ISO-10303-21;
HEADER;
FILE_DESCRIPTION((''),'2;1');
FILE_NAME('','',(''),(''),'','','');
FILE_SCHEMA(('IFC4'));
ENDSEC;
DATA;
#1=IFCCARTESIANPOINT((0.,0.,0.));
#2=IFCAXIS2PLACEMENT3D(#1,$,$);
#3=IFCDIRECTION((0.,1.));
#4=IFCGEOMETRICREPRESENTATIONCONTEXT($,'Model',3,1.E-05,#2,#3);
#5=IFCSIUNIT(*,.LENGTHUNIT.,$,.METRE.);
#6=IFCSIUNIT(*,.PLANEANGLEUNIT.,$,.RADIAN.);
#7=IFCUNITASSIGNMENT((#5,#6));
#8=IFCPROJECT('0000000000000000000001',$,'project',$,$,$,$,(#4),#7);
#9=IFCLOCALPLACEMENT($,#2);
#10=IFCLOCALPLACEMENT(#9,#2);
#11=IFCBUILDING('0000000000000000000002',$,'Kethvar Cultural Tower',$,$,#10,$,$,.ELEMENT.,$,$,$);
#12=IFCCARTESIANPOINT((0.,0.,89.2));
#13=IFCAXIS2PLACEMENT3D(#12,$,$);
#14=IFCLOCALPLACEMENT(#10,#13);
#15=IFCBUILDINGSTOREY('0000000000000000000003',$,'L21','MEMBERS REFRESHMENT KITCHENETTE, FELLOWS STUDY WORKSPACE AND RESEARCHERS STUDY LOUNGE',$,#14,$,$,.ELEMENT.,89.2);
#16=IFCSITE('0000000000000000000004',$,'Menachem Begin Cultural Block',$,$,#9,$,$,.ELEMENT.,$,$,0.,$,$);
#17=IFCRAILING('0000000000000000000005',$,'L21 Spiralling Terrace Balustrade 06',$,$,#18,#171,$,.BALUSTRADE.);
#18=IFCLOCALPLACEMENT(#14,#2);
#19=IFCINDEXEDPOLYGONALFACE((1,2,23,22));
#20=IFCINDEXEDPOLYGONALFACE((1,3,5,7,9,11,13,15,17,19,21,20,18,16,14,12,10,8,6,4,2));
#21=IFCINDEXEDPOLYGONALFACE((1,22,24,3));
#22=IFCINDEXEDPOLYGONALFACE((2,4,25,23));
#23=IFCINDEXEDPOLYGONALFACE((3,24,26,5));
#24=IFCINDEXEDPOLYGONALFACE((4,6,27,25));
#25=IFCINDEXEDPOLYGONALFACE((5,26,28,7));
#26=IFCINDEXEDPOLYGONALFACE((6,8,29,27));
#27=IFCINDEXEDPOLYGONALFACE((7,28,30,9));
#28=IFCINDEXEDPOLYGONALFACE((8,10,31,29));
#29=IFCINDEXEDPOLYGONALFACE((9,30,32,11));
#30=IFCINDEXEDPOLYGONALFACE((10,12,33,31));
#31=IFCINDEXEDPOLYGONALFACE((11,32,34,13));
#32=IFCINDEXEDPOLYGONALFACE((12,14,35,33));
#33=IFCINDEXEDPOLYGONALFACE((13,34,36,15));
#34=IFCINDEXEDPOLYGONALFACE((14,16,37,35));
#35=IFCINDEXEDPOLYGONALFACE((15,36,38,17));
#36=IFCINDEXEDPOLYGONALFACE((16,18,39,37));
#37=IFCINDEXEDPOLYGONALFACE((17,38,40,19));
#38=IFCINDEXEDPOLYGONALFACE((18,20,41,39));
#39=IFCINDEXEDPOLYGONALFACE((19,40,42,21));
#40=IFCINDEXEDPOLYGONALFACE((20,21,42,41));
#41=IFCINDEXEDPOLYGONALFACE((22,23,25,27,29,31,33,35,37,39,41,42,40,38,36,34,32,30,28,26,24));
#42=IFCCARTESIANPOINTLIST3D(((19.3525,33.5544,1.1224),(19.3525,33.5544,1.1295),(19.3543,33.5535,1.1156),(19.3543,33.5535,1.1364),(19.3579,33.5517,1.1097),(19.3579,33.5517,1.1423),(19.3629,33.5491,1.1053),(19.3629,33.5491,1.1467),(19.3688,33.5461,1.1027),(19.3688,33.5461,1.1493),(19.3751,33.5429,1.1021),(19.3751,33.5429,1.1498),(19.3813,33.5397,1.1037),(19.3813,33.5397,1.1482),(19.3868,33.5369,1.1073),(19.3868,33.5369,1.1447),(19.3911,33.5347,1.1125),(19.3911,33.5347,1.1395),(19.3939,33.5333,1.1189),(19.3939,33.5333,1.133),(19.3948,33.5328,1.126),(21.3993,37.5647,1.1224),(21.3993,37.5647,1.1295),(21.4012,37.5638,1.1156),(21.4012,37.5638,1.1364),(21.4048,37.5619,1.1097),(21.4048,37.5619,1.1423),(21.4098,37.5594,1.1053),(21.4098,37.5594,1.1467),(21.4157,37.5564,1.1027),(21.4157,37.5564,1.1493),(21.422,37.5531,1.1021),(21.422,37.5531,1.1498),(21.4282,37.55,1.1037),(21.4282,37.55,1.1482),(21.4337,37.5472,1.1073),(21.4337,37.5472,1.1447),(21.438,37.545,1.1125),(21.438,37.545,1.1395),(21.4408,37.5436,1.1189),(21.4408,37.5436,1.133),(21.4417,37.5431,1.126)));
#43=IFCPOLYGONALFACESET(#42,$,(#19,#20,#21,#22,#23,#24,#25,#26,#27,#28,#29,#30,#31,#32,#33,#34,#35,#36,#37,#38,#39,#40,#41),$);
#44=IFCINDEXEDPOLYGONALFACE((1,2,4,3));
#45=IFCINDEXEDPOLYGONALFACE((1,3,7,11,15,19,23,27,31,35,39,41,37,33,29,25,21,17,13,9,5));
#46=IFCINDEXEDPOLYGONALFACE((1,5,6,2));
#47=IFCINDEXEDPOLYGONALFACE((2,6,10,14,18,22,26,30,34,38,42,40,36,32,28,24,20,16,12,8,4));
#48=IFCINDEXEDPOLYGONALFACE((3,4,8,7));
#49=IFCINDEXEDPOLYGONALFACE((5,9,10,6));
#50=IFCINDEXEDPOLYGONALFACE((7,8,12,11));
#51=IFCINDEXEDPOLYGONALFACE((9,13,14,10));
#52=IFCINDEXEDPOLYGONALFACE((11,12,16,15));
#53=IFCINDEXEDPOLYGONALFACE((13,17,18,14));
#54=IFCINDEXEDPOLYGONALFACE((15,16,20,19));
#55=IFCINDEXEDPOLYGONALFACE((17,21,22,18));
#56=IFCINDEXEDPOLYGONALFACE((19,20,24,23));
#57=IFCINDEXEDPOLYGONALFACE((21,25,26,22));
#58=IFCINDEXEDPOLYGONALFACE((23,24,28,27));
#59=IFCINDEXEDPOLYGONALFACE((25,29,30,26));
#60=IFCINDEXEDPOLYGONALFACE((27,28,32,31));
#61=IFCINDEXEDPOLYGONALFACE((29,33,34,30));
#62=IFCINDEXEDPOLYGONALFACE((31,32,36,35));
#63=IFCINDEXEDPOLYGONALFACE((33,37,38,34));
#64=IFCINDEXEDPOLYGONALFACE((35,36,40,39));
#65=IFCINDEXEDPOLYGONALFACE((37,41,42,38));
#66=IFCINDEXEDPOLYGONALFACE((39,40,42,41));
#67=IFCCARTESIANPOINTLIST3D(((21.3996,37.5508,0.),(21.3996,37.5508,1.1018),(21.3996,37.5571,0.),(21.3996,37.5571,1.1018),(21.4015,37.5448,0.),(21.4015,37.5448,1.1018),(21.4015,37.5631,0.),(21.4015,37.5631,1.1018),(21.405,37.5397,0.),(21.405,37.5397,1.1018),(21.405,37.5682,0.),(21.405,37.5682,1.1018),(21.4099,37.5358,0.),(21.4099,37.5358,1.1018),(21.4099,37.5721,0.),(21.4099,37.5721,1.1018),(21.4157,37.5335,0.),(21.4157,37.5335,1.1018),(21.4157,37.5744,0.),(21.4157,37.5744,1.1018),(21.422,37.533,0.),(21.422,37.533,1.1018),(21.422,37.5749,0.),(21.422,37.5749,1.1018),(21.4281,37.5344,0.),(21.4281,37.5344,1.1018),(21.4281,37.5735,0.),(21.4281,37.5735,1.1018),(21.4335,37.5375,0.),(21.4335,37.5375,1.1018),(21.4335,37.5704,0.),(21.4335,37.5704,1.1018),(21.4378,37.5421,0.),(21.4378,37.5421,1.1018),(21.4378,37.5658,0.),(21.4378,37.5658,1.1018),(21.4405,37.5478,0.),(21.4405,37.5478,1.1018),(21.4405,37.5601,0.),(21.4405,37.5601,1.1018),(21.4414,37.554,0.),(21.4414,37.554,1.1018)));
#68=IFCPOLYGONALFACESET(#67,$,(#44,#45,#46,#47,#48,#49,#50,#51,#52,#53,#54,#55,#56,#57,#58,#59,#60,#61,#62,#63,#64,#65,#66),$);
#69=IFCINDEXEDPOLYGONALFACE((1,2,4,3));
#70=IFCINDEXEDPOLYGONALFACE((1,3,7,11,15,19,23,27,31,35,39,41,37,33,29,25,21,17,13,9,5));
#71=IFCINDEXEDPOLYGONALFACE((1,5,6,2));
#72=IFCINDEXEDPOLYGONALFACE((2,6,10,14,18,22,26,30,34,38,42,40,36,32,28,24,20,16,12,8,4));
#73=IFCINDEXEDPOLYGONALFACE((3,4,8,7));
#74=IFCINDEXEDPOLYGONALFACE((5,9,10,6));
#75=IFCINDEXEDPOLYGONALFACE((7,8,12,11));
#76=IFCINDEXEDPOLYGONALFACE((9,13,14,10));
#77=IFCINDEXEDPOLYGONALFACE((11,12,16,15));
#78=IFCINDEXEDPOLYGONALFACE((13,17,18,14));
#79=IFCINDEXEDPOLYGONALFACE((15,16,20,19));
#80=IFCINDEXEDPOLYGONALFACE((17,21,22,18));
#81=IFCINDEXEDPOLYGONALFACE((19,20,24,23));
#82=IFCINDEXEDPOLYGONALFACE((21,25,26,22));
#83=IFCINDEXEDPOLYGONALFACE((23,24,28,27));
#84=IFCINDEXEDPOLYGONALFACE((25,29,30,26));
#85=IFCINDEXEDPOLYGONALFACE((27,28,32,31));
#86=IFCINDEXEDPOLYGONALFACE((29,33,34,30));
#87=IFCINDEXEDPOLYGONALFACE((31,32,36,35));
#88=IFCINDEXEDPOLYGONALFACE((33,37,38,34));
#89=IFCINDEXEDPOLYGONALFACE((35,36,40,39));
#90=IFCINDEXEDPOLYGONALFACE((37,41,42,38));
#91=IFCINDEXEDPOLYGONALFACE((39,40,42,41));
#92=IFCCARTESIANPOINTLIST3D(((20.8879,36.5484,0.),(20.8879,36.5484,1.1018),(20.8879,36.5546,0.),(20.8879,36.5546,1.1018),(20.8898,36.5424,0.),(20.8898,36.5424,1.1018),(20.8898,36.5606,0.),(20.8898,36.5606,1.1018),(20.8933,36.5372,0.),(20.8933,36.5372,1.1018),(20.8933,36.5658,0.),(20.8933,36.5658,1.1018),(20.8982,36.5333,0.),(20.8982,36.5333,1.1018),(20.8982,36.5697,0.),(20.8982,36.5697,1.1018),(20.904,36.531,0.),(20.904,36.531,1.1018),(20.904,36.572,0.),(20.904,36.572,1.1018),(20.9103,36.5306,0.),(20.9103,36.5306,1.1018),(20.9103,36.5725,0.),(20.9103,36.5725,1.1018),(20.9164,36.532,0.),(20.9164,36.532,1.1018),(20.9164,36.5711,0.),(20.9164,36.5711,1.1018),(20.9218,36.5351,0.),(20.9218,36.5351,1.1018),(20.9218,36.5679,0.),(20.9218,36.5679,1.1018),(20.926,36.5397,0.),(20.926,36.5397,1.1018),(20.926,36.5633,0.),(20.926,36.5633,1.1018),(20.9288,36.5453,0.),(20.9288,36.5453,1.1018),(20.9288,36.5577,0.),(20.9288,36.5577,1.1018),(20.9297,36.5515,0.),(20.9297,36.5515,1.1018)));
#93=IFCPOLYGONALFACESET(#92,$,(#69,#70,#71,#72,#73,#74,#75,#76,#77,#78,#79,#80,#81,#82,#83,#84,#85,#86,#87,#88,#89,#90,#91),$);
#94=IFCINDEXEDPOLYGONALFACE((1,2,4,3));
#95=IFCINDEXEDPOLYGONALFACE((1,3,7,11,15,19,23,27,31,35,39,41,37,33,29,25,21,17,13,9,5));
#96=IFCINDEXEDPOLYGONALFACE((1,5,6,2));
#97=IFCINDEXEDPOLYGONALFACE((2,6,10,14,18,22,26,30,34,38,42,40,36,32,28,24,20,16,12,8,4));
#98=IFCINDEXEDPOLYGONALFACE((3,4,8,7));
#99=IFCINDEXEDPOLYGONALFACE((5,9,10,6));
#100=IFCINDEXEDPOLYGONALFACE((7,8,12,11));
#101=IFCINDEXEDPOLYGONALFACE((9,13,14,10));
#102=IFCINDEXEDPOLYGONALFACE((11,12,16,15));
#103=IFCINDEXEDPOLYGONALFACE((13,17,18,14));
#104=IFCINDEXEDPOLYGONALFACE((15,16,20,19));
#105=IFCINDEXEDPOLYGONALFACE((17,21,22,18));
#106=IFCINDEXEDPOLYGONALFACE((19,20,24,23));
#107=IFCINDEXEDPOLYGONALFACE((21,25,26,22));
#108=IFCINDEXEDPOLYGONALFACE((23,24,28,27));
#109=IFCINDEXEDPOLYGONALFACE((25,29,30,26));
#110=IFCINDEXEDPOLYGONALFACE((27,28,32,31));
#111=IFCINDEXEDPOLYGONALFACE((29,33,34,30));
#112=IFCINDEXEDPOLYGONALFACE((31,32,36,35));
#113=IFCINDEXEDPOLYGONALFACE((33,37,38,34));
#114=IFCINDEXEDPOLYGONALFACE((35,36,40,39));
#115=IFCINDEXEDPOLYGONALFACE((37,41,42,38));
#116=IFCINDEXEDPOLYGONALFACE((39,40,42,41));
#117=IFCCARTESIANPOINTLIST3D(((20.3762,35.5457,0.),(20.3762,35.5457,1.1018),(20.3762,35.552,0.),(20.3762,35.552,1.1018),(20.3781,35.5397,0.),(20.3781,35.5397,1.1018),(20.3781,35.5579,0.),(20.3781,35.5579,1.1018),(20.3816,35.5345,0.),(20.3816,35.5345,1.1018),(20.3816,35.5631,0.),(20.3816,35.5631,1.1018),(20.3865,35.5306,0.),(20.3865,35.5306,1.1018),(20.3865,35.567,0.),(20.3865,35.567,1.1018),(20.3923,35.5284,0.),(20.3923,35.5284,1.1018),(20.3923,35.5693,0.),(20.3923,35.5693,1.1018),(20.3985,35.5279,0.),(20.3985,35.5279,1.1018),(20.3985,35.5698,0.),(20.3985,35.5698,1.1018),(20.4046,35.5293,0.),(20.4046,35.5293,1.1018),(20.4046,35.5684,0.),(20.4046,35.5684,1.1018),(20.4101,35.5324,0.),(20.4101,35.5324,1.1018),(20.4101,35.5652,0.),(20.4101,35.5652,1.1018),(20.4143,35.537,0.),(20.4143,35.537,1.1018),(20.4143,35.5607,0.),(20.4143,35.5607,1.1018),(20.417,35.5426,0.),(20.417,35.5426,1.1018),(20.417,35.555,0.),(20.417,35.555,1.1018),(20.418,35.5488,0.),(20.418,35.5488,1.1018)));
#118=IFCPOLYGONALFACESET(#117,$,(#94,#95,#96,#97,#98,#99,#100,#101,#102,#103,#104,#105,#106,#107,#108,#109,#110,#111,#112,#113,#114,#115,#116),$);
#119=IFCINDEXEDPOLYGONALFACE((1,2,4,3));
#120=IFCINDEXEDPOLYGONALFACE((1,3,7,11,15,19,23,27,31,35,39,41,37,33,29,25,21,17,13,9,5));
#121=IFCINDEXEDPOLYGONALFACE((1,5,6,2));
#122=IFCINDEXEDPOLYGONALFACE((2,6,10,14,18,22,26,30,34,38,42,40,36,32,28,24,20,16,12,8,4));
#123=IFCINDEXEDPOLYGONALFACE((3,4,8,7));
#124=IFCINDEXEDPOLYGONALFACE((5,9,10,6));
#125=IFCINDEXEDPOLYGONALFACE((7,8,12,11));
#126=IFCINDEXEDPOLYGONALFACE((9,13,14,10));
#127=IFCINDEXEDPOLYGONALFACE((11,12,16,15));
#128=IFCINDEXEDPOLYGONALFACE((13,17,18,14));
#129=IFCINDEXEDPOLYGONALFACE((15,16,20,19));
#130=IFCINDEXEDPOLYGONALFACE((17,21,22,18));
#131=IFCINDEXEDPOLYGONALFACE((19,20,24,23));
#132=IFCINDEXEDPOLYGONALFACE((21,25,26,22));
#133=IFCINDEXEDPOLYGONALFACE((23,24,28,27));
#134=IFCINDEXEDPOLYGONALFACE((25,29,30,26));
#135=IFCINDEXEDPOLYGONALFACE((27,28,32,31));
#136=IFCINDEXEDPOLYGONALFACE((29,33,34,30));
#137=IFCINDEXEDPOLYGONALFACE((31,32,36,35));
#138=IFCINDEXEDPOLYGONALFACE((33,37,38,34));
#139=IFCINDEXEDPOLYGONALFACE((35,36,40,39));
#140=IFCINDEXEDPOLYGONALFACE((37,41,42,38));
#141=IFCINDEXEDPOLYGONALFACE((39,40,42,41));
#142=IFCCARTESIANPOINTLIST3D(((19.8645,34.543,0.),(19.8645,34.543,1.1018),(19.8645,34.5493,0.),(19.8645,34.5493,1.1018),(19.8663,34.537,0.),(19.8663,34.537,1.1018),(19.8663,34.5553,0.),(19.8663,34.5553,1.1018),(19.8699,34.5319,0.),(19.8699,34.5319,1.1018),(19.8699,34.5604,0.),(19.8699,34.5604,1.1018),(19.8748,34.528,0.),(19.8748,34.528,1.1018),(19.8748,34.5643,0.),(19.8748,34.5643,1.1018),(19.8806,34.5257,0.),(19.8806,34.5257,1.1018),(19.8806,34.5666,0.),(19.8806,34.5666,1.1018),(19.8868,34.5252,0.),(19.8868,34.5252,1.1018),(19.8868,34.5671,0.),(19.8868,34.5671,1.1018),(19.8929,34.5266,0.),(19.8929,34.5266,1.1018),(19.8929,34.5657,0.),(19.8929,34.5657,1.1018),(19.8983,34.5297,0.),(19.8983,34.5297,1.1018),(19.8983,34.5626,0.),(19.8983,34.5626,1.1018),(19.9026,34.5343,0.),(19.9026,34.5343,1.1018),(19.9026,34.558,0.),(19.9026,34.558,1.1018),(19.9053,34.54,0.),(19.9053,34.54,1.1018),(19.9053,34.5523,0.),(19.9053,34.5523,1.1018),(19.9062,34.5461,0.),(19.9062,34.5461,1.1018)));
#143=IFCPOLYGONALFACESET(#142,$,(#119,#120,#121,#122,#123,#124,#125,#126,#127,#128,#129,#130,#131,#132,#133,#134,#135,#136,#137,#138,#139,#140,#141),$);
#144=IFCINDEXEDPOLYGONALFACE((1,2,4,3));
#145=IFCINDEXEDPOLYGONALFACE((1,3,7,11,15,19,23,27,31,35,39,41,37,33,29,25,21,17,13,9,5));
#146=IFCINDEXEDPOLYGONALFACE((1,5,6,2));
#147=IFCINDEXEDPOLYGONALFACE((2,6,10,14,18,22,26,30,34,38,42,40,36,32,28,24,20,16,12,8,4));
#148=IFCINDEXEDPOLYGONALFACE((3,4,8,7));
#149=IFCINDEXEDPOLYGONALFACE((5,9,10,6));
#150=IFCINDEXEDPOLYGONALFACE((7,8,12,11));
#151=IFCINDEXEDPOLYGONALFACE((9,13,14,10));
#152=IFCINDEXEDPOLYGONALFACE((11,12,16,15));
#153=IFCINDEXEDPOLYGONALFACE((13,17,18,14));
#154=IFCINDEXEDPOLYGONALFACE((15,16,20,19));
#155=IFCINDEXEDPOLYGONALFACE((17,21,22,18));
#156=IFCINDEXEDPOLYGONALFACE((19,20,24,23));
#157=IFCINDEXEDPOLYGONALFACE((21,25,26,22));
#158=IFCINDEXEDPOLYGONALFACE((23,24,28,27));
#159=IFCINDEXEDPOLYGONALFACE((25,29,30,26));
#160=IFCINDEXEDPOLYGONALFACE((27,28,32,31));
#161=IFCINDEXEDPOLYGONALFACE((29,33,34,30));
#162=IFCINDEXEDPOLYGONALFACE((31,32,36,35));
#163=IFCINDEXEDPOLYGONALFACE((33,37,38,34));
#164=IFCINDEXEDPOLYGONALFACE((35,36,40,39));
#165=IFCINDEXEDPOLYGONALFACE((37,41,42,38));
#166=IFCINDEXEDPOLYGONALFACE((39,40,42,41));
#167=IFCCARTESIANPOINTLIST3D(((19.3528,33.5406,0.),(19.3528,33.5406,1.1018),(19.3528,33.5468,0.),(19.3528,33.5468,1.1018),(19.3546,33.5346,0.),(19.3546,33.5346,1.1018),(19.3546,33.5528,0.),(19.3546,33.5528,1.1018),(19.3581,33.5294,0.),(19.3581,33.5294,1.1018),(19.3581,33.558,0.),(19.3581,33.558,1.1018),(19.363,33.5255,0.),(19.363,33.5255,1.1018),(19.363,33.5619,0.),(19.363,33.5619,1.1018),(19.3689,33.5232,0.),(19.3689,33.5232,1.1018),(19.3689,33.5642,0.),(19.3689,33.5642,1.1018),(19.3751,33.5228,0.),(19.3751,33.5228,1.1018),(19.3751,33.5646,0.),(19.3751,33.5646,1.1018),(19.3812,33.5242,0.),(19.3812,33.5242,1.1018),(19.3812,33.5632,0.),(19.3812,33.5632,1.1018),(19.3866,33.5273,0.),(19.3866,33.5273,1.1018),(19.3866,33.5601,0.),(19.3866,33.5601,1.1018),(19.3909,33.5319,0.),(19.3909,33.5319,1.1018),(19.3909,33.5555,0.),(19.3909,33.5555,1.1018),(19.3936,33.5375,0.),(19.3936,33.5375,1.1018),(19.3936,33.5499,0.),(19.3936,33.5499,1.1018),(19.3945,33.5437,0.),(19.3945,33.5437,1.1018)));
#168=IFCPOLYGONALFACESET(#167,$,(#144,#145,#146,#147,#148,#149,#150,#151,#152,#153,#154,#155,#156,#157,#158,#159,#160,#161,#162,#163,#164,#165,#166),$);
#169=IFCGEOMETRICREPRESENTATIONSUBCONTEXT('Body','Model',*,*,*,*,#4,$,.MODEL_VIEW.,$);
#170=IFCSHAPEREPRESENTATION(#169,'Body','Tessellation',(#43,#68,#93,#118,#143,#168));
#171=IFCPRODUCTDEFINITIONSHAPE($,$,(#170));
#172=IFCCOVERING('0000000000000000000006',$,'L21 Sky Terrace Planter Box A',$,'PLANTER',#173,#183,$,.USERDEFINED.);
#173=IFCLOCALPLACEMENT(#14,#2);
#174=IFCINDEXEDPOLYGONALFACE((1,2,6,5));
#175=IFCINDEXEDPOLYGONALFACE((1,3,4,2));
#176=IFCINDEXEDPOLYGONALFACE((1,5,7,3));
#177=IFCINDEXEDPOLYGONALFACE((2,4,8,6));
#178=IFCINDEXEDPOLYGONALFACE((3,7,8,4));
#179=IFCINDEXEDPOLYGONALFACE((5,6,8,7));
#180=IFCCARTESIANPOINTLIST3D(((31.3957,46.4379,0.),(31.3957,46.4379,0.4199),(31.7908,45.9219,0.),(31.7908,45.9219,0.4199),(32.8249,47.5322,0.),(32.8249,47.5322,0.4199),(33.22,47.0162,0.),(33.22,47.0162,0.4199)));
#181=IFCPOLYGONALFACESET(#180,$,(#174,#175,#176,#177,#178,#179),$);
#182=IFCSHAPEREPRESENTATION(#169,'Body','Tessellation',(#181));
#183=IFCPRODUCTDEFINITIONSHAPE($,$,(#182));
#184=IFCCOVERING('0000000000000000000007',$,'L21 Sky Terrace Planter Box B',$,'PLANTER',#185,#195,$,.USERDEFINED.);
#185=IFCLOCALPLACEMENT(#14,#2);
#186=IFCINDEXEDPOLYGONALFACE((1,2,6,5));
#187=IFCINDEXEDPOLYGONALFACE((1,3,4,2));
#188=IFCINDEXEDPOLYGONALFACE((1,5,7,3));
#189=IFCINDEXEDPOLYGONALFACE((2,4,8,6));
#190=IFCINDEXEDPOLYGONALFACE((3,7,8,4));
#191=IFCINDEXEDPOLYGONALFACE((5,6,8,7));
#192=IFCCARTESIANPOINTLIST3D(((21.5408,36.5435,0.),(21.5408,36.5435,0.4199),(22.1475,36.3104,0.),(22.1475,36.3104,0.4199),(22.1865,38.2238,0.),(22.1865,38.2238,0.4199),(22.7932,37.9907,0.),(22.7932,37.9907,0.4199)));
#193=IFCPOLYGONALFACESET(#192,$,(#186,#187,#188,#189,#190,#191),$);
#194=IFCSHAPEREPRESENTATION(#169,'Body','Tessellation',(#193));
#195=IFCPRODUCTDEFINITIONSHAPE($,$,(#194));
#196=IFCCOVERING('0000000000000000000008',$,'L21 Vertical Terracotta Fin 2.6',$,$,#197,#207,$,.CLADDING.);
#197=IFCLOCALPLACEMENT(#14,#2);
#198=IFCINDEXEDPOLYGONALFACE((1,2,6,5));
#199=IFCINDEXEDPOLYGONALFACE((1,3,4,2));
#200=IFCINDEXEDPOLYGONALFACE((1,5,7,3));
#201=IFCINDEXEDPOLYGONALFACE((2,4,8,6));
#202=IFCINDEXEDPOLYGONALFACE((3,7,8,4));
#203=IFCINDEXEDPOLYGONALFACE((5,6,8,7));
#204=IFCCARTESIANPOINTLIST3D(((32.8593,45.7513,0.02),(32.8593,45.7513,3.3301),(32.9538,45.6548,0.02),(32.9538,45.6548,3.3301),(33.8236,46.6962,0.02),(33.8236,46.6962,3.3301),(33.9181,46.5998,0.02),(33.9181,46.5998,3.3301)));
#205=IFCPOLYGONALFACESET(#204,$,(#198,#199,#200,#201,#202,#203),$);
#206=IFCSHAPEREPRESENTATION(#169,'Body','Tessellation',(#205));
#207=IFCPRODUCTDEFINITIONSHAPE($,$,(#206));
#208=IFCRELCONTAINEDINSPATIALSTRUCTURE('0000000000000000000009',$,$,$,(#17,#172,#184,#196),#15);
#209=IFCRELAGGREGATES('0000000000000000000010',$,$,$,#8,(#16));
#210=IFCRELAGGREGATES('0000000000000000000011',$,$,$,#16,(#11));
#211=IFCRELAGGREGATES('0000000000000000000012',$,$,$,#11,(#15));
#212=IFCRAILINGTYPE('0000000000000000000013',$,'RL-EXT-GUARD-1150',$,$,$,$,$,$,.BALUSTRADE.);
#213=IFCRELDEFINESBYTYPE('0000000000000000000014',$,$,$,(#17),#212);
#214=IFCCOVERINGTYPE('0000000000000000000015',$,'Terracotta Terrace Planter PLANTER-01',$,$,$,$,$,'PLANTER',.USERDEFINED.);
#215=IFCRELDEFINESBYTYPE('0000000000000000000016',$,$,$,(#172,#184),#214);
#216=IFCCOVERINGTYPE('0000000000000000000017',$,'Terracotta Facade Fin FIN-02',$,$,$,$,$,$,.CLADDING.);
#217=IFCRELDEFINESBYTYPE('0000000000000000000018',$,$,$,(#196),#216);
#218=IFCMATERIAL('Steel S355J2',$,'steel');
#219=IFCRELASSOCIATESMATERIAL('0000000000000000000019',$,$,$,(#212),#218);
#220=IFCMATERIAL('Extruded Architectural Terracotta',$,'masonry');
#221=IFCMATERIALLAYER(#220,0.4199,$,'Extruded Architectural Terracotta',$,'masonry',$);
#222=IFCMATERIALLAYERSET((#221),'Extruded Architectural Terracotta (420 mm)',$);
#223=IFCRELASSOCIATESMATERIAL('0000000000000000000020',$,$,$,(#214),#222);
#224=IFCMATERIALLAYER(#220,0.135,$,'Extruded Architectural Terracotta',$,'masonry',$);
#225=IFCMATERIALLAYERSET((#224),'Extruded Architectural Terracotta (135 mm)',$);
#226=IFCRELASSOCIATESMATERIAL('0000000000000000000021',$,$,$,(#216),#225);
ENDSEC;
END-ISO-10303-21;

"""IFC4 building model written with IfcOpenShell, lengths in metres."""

from ifc_helpers import new_model, si_unit, direction, frame, origin, origin_2d, place, context, subcontext, project, spatial, rectangle, circle, extrude, source, transform, mapped, material, layer, layer_set, type_object, element, save


model = new_model("IFC4")

# Units and contexts
model_context = context("Model", 3, precision=1e-05, world=origin(), true_north=direction((0.0, 1.0)))
body_context = subcontext(model_context, "Body", "Model", "MODEL_VIEW")
ifc_project = project(units=[si_unit("LENGTHUNIT", "METRE"), si_unit("PLANEANGLEUNIT", "RADIAN")], contexts=[model_context])

# Site, building, storey
site_placement = place(None, origin())
site = spatial("IfcSite", under=ifc_project, at=site_placement, Name="Menachem Begin Cultural Block", CompositionType="ELEMENT", RefElevation=0.0)
building_placement = place(site_placement, origin())
building = spatial("IfcBuilding", under=site, at=building_placement, Name="Kethvar Cultural Tower", CompositionType="ELEMENT")
storey_placement = place(building_placement, frame((0.0, 0.0, 89.2)))
storey = spatial("IfcBuildingStorey", under=building, at=storey_placement, Name="L21", Description="MEMBERS REFRESHMENT KITCHENETTE, FELLOWS STUDY WORKSPACE AND RESEARCHERS STUDY LOUNGE", CompositionType="ELEMENT", Elevation=89.2)

# Shared definitions
ifc_material_1 = material(Name="Steel S355J2", Category="steel")

# Railing
railing_type = type_object("IfcRailingType", Name="RL-EXT-GUARD-1150", PredefinedType="BALUSTRADE", material=ifc_material_1)
railing_1_placement = place(storey_placement, frame((21.4204, 37.554, 0.0)))
element("IfcRailing", 1, at=railing_1_placement, inside=storey, type_object=railing_type, Name="L21 Spiralling Terrace Balustrade 06", PredefinedType="BALUSTRADE", context=body_context, shape_type="SweptSolid", body=[
    extrude(circle(Radius=0.0239, at=origin_2d()), frame((0.0, 0.0, 1.126), z_axis=(-0.454616, -0.890687, 0.0), x_axis=(0.890687, -0.454616, 0.0)), (0.0, 0.0, 1.0), 4.5024),
    extrude(circle(Radius=0.021, at=origin_2d()), origin(), (0.0, 0.0, 1.0), 1.1018),
    extrude(circle(Radius=0.021, at=origin_2d()), frame((-0.5117, -1.0024, 0.0)), (0.0, 0.0, 1.0), 1.1018),
    extrude(circle(Radius=0.021, at=origin_2d()), frame((-1.0234, -2.0051, 0.0)), (0.0, 0.0, 1.0), 1.1018),
    extrude(circle(Radius=0.021, at=origin_2d()), frame((-1.5352, -3.0078, 0.0)), (0.0, 0.0, 1.0), 1.1018),
    extrude(circle(Radius=0.021, at=origin_2d()), frame((-2.0469, -4.0103, 0.0)), (0.0, 0.0, 1.0), 1.1018),
])

# Coverings
ifc_material_2 = material(Name="Extruded Architectural Terracotta", Category="masonry")
ifc_layer_1 = layer(ifc_material_2, 0.4199, Name="Extruded Architectural Terracotta", Category="masonry")
ifc_layer_set_1 = layer_set([ifc_layer_1], Name="Extruded Architectural Terracotta (420 mm)")
covering_type_1 = type_object("IfcCoveringType", Name="Terracotta Terrace Planter PLANTER-01", ElementType="PLANTER", PredefinedType="USERDEFINED", material=ifc_layer_set_1)
shared_shape_1 = source(origin(), body_context, "Body", "SweptSolid", [
    extrude(rectangle(XDim=1.8, YDim=0.6499, at=origin_2d()), origin(), (0.0, 0.0, 1.0), 0.4199),
])
for number, where, z_axis, x_axis, name in (
    (2, (32.3079, 46.7271, 0.0), (0.0, 0.0, 1.0), (-0.79399, -0.60793, 0.0), "L21 Sky Terrace Planter Box A"),
    (3, (22.167, 37.2671, 0.0), (0.0, 0.0, 1.0), (-0.358694, -0.933455, 0.0), "L21 Sky Terrace Planter Box B"),
):
    element("IfcCovering", number, at=place(storey_placement, frame(where, z_axis=z_axis, x_axis=x_axis)), inside=storey, type_object=covering_type_1, Name=name, ObjectType="PLANTER", PredefinedType="USERDEFINED", context=body_context, shape_type="MappedRepresentation", body=[
        mapped(shared_shape_1, transform((0.0, 0.0, 0.0), scale=1.0)),
    ])
ifc_layer_2 = layer(ifc_material_2, 0.135, Name="Extruded Architectural Terracotta", Category="masonry")
ifc_layer_set_2 = layer_set([ifc_layer_2], Name="Extruded Architectural Terracotta (135 mm)")
covering_type_2 = type_object("IfcCoveringType", Name="Terracotta Facade Fin FIN-02", PredefinedType="CLADDING", material=ifc_layer_set_2)
shared_shape_2 = source(origin(), body_context, "Body", "SweptSolid", [
    extrude(rectangle(XDim=1.3501, YDim=0.135, at=origin_2d()), origin(), (0.0, 0.0, 1.0), 3.3101),
])
for number, where, z_axis, x_axis, name in (
    (4, (33.3887, 46.1755, 0.02), (0.0, 0.0, 1.0), (0.714228, 0.699913, 0.0), "L21 Vertical Terracotta Fin 2.6"),
):
    element("IfcCovering", number, at=place(storey_placement, frame(where, z_axis=z_axis, x_axis=x_axis)), inside=storey, type_object=covering_type_2, Name=name, PredefinedType="CLADDING", context=body_context, shape_type="MappedRepresentation", body=[
        mapped(shared_shape_2, transform((0.0, 0.0, 0.0), scale=1.0)),
    ])

save(model, "model.ifc")
